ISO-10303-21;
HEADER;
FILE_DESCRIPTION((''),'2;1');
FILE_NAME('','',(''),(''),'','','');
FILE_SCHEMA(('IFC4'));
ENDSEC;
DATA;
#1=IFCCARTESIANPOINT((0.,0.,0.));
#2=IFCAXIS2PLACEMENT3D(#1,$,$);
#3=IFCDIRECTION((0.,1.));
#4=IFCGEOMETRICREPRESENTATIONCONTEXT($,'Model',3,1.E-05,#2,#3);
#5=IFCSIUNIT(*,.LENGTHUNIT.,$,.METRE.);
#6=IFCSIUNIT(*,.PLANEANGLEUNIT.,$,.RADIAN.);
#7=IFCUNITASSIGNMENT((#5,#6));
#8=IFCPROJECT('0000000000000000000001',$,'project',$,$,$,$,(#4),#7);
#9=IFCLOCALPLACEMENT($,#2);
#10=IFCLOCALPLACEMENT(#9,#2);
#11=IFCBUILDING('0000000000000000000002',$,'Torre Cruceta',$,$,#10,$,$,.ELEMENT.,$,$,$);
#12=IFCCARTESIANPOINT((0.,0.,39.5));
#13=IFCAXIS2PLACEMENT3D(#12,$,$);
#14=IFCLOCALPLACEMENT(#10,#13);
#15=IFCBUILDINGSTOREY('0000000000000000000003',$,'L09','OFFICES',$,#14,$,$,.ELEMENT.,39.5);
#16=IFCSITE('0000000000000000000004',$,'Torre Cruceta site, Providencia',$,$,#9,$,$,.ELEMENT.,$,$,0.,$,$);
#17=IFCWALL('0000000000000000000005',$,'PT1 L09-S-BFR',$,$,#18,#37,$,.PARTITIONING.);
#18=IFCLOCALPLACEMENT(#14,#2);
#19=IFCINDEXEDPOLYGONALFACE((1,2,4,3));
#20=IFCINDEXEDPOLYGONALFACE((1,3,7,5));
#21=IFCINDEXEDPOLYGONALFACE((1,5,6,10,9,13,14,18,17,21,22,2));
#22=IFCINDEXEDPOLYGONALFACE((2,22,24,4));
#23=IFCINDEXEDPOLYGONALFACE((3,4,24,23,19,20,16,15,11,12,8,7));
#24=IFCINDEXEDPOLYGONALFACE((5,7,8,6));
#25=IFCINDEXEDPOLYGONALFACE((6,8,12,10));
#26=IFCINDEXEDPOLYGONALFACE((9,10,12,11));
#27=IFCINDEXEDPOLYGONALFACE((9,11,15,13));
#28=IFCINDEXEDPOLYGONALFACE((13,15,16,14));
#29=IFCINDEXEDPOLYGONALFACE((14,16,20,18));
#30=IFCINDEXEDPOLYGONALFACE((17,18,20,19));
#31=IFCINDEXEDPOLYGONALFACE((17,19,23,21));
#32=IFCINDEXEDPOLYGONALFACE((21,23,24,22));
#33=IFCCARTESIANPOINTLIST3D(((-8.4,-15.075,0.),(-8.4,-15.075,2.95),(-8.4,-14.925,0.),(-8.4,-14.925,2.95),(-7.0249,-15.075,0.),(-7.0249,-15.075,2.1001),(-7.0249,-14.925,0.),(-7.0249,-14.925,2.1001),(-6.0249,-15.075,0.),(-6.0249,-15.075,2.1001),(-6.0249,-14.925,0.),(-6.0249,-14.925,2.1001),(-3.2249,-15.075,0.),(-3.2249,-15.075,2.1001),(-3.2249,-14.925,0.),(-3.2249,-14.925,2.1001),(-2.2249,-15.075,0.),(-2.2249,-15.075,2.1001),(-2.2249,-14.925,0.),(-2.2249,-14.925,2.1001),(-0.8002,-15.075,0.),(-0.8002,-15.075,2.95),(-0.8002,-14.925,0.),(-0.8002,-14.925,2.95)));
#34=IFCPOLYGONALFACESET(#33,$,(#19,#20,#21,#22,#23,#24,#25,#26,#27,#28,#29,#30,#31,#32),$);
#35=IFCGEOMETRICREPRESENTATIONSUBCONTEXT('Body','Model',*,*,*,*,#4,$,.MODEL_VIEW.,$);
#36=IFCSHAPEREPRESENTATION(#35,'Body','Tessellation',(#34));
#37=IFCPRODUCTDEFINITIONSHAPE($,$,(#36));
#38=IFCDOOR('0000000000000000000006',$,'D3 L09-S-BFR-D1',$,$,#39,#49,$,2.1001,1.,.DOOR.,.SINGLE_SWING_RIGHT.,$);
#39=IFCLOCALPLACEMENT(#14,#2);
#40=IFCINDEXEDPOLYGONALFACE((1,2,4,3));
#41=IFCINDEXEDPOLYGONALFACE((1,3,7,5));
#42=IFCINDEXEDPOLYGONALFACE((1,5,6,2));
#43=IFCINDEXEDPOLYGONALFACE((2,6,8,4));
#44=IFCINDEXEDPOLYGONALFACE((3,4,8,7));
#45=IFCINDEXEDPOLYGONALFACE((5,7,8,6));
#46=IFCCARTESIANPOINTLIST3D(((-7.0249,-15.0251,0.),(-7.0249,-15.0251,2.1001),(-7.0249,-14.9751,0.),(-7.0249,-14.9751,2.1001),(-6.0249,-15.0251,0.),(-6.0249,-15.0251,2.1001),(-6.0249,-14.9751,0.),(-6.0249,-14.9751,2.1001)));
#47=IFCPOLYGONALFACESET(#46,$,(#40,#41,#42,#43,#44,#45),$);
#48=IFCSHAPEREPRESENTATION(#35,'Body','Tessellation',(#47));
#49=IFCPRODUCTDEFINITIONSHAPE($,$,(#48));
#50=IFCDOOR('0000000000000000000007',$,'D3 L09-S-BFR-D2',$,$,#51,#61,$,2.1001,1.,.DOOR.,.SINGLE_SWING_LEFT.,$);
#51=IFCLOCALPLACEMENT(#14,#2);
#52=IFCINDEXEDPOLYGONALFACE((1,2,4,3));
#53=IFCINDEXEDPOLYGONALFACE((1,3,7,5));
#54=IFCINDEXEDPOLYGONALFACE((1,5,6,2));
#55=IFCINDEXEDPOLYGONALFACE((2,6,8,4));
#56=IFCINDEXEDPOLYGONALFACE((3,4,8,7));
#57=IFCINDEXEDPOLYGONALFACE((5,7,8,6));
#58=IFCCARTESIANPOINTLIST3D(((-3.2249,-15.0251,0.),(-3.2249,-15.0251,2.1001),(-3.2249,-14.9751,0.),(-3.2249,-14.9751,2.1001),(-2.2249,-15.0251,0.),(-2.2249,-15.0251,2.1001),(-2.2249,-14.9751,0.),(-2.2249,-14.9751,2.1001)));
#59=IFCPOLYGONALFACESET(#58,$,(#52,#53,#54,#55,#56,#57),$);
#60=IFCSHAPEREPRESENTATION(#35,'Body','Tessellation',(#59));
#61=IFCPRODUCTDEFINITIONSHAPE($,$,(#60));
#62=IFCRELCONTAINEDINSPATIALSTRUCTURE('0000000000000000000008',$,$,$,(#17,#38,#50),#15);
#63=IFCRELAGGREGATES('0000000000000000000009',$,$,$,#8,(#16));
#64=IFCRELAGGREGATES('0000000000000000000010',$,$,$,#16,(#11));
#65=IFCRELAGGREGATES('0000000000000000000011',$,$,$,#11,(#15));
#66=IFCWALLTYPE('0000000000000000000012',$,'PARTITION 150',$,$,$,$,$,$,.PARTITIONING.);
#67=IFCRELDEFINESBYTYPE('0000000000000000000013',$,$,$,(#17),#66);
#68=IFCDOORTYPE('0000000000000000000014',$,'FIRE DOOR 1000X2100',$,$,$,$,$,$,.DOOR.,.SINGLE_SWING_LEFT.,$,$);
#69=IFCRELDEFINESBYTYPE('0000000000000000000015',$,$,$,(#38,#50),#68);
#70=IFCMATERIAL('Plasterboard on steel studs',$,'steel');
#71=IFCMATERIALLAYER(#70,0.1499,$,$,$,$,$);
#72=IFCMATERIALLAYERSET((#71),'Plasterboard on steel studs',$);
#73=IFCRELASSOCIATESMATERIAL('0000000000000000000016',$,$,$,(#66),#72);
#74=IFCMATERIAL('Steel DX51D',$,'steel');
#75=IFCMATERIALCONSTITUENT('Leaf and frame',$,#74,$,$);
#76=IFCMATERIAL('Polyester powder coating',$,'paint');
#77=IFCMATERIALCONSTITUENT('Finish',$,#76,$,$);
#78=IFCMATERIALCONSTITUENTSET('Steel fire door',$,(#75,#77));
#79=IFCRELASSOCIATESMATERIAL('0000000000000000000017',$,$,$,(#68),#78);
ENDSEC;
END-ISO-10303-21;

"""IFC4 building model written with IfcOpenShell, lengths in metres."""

from ifc_helpers import new_model, si_unit, direction, frame, frame_2d, origin, place, context, subcontext, project, spatial, rectangle, extrude, material, layer, layer_set, constituent, constituent_set, type_object, element, fill, save


model = new_model("IFC4")

# Units and contexts
model_context = context("Model", 3, precision=1e-05, world=origin(), true_north=direction((0.0, 1.0)))
body_context = subcontext(model_context, "Body", "Model", "MODEL_VIEW")
ifc_project = project(units=[si_unit("LENGTHUNIT", "METRE"), si_unit("PLANEANGLEUNIT", "RADIAN")], contexts=[model_context])

# Site, building, storey
site_placement = place(None, origin())
site = spatial("IfcSite", under=ifc_project, at=site_placement, Name="Torre Cruceta site, Providencia", CompositionType="ELEMENT", RefElevation=0.0)
building_placement = place(site_placement, origin())
building = spatial("IfcBuilding", under=site, at=building_placement, Name="Torre Cruceta", CompositionType="ELEMENT")
storey_placement = place(building_placement, frame((0.0, 0.0, 39.5)))
storey = spatial("IfcBuildingStorey", under=building, at=storey_placement, Name="L09", Description="OFFICES", CompositionType="ELEMENT", Elevation=39.5)

# Wall, openings, doors
ifc_material_1 = material(Name="Plasterboard on steel studs", Category="steel")
ifc_layer_1 = layer(ifc_material_1, 0.1499)
ifc_layer_set_1 = layer_set([ifc_layer_1], Name="Plasterboard on steel studs")
wall_type_1 = type_object("IfcWallType", Name="PARTITION 150", PredefinedType="PARTITIONING", material=ifc_layer_set_1)
wall_1_placement = place(storey_placement, frame((-8.3999, -15.0, 0.0), z_axis=(0.0, 0.0, 1.0), x_axis=(1.0, 0.0, 0.0)))
wall_1 = element("IfcWall", 1, at=wall_1_placement, inside=storey, type_object=wall_type_1, Name="PT1 L09-S-BFR", PredefinedType="PARTITIONING", context=body_context, shape_type="SweptSolid", body=[
    extrude(rectangle(XDim=7.5999, YDim=0.1499, at=frame_2d((3.7998, 0.0))), origin(), (0.0, 0.0, 1.0), 2.95),
])
opening_1_placement = place(wall_1_placement, frame((1.375, 0.0, 0.0)))
opening_1 = element("IfcOpeningElement", 2, at=opening_1_placement, cuts=wall_1, PredefinedType="OPENING", context=body_context, shape_type="SweptSolid", body=[
    extrude(rectangle(XDim=1.0, YDim=2.1001, at=frame_2d((0.5, 1.05))), frame((0.0, 0.085, 0.0), z_axis=(0.0, -1.0, 0.0), x_axis=(1.0, 0.0, 0.0)), (0.0, 0.0, 1.0), 0.1699),
])
opening_2_placement = place(wall_1_placement, frame((5.175, 0.0, 0.0)))
opening_2 = element("IfcOpeningElement", 3, at=opening_2_placement, cuts=wall_1, PredefinedType="OPENING", context=body_context, shape_type="SweptSolid", body=[
    extrude(rectangle(XDim=1.0, YDim=2.1001, at=frame_2d((0.5, 1.05))), frame((0.0, 0.085, 0.0), z_axis=(0.0, -1.0, 0.0), x_axis=(1.0, 0.0, 0.0)), (0.0, 0.0, 1.0), 0.1699),
])
ifc_material_2 = material(Name="Steel DX51D", Category="steel")
ifc_constituent_1 = constituent(ifc_material_2, Name="Leaf and frame")
ifc_material_3 = material(Name="Polyester powder coating", Category="paint")
ifc_constituent_2 = constituent(ifc_material_3, Name="Finish")
ifc_constituent_set_1 = constituent_set(constituents=[ifc_constituent_1, ifc_constituent_2], Name="Steel fire door")
door_type = type_object("IfcDoorType", Name="FIRE DOOR 1000X2100", OperationType="SINGLE_SWING_LEFT", PredefinedType="DOOR", material=ifc_constituent_set_1)
door_1_placement = place(opening_1_placement, origin())
door_1 = element("IfcDoor", 4, at=door_1_placement, inside=storey, type_object=door_type, Name="D3 L09-S-BFR-D1", OperationType="SINGLE_SWING_RIGHT", OverallHeight=2.1001, OverallWidth=1.0, PredefinedType="DOOR", context=body_context, shape_type="SweptSolid", body=[
    extrude(rectangle(XDim=1.0, YDim=2.1001, at=frame_2d((0.5, 1.05))), frame((0.0, 0.0249, 0.0), z_axis=(0.0, -1.0, 0.0), x_axis=(1.0, 0.0, 0.0)), (0.0, 0.0, 1.0), 0.05),
])
fill(opening_1, door_1)
door_2_placement = place(opening_2_placement, origin())
door_2 = element("IfcDoor", 5, at=door_2_placement, inside=storey, type_object=door_type, Name="D3 L09-S-BFR-D2", OperationType="SINGLE_SWING_LEFT", OverallHeight=2.1001, OverallWidth=1.0, PredefinedType="DOOR", context=body_context, shape_type="SweptSolid", body=[
    extrude(rectangle(XDim=1.0, YDim=2.1001, at=frame_2d((0.5, 1.05))), frame((0.0, 0.0249, 0.0), z_axis=(0.0, -1.0, 0.0), x_axis=(1.0, 0.0, 0.0)), (0.0, 0.0, 1.0), 0.05),
])
fill(opening_2, door_2)

save(model, "model.ifc")
